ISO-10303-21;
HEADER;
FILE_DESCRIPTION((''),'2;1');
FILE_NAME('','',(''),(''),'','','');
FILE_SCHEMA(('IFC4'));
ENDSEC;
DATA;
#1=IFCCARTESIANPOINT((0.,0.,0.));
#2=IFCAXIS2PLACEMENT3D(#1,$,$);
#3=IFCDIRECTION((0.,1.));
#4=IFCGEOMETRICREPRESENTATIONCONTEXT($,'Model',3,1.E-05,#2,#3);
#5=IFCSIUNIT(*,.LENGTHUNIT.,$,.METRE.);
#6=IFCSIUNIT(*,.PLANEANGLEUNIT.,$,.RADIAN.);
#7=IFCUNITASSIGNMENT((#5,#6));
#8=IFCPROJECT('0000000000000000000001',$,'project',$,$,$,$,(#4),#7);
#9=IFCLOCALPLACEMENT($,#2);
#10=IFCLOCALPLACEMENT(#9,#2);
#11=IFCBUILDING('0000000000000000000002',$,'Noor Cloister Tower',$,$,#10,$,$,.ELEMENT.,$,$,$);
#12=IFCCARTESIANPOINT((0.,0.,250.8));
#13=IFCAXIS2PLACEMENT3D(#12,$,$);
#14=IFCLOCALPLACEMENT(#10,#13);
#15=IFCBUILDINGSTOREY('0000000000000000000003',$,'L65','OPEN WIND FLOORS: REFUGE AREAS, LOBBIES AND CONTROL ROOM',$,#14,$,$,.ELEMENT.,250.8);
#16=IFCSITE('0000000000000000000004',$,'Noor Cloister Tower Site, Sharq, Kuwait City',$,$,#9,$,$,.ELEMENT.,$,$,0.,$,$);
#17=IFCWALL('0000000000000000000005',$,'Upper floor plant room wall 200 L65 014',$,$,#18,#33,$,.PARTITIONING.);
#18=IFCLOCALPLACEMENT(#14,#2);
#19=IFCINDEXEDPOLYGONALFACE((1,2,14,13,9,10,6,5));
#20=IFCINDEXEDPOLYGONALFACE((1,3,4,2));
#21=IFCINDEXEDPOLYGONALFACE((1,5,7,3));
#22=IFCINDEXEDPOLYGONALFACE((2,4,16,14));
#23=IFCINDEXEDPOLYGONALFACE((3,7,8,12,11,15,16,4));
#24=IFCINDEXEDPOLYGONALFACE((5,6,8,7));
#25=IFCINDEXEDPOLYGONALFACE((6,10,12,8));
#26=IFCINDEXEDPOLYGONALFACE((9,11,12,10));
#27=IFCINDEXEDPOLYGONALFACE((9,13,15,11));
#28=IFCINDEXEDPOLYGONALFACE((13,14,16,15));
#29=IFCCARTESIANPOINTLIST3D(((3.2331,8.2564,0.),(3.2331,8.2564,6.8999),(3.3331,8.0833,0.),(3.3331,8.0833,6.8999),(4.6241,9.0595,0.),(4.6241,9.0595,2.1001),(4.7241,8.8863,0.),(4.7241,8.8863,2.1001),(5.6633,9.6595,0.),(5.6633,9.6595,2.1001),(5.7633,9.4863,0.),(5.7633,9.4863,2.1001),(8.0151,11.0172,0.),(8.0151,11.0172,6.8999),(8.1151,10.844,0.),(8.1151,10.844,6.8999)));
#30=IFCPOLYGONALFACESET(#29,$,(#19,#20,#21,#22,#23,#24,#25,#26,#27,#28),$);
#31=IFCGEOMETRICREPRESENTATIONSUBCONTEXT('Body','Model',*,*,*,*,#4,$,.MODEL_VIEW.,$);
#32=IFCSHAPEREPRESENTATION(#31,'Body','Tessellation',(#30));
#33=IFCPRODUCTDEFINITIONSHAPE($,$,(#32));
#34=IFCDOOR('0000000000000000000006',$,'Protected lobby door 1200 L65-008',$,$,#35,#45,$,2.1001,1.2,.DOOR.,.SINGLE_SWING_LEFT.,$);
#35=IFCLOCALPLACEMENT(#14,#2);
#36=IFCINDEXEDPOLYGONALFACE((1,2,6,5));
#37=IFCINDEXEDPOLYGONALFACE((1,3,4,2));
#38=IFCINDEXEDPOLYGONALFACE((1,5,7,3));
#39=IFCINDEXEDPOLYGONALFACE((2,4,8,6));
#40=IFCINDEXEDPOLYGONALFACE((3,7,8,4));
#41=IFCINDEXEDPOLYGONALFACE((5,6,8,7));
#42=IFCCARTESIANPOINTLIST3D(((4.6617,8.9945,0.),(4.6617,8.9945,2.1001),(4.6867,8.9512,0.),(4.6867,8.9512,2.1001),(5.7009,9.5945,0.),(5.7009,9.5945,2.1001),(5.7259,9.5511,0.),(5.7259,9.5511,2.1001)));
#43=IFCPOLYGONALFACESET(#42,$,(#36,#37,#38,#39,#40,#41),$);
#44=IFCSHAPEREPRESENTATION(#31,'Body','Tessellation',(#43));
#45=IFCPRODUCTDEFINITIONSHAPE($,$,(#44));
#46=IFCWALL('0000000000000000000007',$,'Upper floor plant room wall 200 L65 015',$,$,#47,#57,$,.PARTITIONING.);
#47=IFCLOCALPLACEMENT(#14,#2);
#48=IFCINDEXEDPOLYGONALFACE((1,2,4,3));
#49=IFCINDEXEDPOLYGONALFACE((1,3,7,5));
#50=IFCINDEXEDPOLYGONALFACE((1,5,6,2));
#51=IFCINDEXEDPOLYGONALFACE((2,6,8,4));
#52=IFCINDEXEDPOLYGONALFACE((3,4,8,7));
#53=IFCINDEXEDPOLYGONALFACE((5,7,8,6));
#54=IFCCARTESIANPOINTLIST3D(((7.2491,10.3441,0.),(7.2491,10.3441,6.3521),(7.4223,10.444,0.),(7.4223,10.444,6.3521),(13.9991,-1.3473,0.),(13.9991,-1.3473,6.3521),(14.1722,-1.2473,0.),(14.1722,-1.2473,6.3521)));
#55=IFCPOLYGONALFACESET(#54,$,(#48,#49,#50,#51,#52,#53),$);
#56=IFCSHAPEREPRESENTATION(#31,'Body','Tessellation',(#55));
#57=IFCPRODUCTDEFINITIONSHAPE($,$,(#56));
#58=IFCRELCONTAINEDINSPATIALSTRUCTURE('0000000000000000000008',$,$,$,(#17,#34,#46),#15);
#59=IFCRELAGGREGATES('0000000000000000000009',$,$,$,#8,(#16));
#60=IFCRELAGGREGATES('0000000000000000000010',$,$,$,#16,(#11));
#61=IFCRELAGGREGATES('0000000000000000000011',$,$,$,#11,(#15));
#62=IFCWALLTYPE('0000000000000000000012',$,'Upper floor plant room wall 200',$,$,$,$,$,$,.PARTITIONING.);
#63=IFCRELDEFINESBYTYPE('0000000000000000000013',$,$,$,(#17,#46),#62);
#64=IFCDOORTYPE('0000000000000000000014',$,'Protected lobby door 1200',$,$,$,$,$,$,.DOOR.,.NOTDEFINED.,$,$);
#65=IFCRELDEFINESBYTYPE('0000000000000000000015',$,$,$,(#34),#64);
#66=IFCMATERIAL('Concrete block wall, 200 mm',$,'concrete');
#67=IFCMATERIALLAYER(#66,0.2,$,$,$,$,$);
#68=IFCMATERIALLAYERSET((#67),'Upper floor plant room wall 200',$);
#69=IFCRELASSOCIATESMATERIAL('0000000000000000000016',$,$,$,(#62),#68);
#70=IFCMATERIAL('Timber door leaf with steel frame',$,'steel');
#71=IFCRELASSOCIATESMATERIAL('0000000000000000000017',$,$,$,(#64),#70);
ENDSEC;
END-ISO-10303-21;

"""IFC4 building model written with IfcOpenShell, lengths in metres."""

from ifc_helpers import new_model, si_unit, direction, frame, frame_2d, origin, place, context, subcontext, project, spatial, rectangle, extrude, material, layer, layer_set, type_object, element, fill, save


model = new_model("IFC4")

# Units and contexts
model_context = context("Model", 3, precision=1e-05, world=origin(), true_north=direction((0.0, 1.0)))
body_context = subcontext(model_context, "Body", "Model", "MODEL_VIEW")
ifc_project = project(units=[si_unit("LENGTHUNIT", "METRE"), si_unit("PLANEANGLEUNIT", "RADIAN")], contexts=[model_context])

# Site, building, storey
site_placement = place(None, origin())
site = spatial("IfcSite", under=ifc_project, at=site_placement, Name="Noor Cloister Tower Site, Sharq, Kuwait City", CompositionType="ELEMENT", RefElevation=0.0)
building_placement = place(site_placement, origin())
building = spatial("IfcBuilding", under=site, at=building_placement, Name="Noor Cloister Tower", CompositionType="ELEMENT")
storey_placement = place(building_placement, frame((0.0, 0.0, 250.8)))
storey = spatial("IfcBuildingStorey", under=building, at=storey_placement, Name="L65", Description="OPEN WIND FLOORS: REFUGE AREAS, LOBBIES AND CONTROL ROOM", CompositionType="ELEMENT", Elevation=250.8)

# Wall, opening, door
ifc_material_1 = material(Name="Concrete block wall, 200 mm", Category="concrete")
ifc_layer_1 = layer(ifc_material_1, 0.2)
ifc_layer_set_1 = layer_set([ifc_layer_1], Name="Upper floor plant room wall 200")
wall_type_1 = type_object("IfcWallType", Name="Upper floor plant room wall 200", PredefinedType="PARTITIONING", material=ifc_layer_set_1)
wall_1_placement = place(storey_placement, frame((3.2832, 8.1699, 0.0), z_axis=(0.0, 0.0, 1.0), x_axis=(0.866036, 0.499981, 0.0)))
wall_1 = element("IfcWall", 1, at=wall_1_placement, inside=storey, type_object=wall_type_1, Name="Upper floor plant room wall 200 L65 014", PredefinedType="PARTITIONING", context=body_context, shape_type="SweptSolid", body=[
    extrude(rectangle(XDim=5.5217, YDim=0.2, at=frame_2d((2.7607, 0.0))), origin(), (0.0, 0.0, 1.0), 6.8999),
])
opening_placement = place(wall_1_placement, frame((1.606, 0.0, 0.0)))
opening = element("IfcOpeningElement", 2, at=opening_placement, cuts=wall_1, PredefinedType="OPENING", context=body_context, shape_type="SweptSolid", body=[
    extrude(rectangle(XDim=1.2, YDim=2.1001, at=frame_2d((0.6001, 1.05))), frame((0.0, 0.1099, 0.0), z_axis=(0.0, -1.0, 0.0), x_axis=(1.0, 0.0, 0.0)), (0.0, 0.0, 1.0), 0.22),
])
ifc_material_2 = material(Name="Timber door leaf with steel frame", Category="steel")
door_type = type_object("IfcDoorType", Name="Protected lobby door 1200", OperationType="NOTDEFINED", PredefinedType="DOOR", material=ifc_material_2)
door_placement = place(opening_placement, origin())
door = element("IfcDoor", 3, at=door_placement, inside=storey, type_object=door_type, Name="Protected lobby door 1200 L65-008", OperationType="SINGLE_SWING_LEFT", OverallHeight=2.1001, OverallWidth=1.2, PredefinedType="DOOR", context=body_context, shape_type="SweptSolid", body=[
    extrude(rectangle(XDim=1.2, YDim=2.1001, at=frame_2d((0.6001, 1.05))), frame((0.0, 0.0249, 0.0), z_axis=(0.0, -1.0, 0.0), x_axis=(1.0, 0.0, 0.0)), (0.0, 0.0, 1.0), 0.05),
])
fill(opening, door)

# Wall
wall_2_placement = place(storey_placement, frame((7.3357, 10.394, 0.0), z_axis=(0.0, 0.0, 1.0), x_axis=(0.499998, -0.866027, 0.0)))
element("IfcWall", 4, at=wall_2_placement, inside=storey, type_object=wall_type_1, Name="Upper floor plant room wall 200 L65 015", PredefinedType="PARTITIONING", context=body_context, shape_type="SweptSolid", body=[
    extrude(rectangle(XDim=13.5, YDim=0.2, at=frame_2d((6.75, 0.0))), origin(), (0.0, 0.0, 1.0), 6.3521),
])

save(model, "model.ifc")
